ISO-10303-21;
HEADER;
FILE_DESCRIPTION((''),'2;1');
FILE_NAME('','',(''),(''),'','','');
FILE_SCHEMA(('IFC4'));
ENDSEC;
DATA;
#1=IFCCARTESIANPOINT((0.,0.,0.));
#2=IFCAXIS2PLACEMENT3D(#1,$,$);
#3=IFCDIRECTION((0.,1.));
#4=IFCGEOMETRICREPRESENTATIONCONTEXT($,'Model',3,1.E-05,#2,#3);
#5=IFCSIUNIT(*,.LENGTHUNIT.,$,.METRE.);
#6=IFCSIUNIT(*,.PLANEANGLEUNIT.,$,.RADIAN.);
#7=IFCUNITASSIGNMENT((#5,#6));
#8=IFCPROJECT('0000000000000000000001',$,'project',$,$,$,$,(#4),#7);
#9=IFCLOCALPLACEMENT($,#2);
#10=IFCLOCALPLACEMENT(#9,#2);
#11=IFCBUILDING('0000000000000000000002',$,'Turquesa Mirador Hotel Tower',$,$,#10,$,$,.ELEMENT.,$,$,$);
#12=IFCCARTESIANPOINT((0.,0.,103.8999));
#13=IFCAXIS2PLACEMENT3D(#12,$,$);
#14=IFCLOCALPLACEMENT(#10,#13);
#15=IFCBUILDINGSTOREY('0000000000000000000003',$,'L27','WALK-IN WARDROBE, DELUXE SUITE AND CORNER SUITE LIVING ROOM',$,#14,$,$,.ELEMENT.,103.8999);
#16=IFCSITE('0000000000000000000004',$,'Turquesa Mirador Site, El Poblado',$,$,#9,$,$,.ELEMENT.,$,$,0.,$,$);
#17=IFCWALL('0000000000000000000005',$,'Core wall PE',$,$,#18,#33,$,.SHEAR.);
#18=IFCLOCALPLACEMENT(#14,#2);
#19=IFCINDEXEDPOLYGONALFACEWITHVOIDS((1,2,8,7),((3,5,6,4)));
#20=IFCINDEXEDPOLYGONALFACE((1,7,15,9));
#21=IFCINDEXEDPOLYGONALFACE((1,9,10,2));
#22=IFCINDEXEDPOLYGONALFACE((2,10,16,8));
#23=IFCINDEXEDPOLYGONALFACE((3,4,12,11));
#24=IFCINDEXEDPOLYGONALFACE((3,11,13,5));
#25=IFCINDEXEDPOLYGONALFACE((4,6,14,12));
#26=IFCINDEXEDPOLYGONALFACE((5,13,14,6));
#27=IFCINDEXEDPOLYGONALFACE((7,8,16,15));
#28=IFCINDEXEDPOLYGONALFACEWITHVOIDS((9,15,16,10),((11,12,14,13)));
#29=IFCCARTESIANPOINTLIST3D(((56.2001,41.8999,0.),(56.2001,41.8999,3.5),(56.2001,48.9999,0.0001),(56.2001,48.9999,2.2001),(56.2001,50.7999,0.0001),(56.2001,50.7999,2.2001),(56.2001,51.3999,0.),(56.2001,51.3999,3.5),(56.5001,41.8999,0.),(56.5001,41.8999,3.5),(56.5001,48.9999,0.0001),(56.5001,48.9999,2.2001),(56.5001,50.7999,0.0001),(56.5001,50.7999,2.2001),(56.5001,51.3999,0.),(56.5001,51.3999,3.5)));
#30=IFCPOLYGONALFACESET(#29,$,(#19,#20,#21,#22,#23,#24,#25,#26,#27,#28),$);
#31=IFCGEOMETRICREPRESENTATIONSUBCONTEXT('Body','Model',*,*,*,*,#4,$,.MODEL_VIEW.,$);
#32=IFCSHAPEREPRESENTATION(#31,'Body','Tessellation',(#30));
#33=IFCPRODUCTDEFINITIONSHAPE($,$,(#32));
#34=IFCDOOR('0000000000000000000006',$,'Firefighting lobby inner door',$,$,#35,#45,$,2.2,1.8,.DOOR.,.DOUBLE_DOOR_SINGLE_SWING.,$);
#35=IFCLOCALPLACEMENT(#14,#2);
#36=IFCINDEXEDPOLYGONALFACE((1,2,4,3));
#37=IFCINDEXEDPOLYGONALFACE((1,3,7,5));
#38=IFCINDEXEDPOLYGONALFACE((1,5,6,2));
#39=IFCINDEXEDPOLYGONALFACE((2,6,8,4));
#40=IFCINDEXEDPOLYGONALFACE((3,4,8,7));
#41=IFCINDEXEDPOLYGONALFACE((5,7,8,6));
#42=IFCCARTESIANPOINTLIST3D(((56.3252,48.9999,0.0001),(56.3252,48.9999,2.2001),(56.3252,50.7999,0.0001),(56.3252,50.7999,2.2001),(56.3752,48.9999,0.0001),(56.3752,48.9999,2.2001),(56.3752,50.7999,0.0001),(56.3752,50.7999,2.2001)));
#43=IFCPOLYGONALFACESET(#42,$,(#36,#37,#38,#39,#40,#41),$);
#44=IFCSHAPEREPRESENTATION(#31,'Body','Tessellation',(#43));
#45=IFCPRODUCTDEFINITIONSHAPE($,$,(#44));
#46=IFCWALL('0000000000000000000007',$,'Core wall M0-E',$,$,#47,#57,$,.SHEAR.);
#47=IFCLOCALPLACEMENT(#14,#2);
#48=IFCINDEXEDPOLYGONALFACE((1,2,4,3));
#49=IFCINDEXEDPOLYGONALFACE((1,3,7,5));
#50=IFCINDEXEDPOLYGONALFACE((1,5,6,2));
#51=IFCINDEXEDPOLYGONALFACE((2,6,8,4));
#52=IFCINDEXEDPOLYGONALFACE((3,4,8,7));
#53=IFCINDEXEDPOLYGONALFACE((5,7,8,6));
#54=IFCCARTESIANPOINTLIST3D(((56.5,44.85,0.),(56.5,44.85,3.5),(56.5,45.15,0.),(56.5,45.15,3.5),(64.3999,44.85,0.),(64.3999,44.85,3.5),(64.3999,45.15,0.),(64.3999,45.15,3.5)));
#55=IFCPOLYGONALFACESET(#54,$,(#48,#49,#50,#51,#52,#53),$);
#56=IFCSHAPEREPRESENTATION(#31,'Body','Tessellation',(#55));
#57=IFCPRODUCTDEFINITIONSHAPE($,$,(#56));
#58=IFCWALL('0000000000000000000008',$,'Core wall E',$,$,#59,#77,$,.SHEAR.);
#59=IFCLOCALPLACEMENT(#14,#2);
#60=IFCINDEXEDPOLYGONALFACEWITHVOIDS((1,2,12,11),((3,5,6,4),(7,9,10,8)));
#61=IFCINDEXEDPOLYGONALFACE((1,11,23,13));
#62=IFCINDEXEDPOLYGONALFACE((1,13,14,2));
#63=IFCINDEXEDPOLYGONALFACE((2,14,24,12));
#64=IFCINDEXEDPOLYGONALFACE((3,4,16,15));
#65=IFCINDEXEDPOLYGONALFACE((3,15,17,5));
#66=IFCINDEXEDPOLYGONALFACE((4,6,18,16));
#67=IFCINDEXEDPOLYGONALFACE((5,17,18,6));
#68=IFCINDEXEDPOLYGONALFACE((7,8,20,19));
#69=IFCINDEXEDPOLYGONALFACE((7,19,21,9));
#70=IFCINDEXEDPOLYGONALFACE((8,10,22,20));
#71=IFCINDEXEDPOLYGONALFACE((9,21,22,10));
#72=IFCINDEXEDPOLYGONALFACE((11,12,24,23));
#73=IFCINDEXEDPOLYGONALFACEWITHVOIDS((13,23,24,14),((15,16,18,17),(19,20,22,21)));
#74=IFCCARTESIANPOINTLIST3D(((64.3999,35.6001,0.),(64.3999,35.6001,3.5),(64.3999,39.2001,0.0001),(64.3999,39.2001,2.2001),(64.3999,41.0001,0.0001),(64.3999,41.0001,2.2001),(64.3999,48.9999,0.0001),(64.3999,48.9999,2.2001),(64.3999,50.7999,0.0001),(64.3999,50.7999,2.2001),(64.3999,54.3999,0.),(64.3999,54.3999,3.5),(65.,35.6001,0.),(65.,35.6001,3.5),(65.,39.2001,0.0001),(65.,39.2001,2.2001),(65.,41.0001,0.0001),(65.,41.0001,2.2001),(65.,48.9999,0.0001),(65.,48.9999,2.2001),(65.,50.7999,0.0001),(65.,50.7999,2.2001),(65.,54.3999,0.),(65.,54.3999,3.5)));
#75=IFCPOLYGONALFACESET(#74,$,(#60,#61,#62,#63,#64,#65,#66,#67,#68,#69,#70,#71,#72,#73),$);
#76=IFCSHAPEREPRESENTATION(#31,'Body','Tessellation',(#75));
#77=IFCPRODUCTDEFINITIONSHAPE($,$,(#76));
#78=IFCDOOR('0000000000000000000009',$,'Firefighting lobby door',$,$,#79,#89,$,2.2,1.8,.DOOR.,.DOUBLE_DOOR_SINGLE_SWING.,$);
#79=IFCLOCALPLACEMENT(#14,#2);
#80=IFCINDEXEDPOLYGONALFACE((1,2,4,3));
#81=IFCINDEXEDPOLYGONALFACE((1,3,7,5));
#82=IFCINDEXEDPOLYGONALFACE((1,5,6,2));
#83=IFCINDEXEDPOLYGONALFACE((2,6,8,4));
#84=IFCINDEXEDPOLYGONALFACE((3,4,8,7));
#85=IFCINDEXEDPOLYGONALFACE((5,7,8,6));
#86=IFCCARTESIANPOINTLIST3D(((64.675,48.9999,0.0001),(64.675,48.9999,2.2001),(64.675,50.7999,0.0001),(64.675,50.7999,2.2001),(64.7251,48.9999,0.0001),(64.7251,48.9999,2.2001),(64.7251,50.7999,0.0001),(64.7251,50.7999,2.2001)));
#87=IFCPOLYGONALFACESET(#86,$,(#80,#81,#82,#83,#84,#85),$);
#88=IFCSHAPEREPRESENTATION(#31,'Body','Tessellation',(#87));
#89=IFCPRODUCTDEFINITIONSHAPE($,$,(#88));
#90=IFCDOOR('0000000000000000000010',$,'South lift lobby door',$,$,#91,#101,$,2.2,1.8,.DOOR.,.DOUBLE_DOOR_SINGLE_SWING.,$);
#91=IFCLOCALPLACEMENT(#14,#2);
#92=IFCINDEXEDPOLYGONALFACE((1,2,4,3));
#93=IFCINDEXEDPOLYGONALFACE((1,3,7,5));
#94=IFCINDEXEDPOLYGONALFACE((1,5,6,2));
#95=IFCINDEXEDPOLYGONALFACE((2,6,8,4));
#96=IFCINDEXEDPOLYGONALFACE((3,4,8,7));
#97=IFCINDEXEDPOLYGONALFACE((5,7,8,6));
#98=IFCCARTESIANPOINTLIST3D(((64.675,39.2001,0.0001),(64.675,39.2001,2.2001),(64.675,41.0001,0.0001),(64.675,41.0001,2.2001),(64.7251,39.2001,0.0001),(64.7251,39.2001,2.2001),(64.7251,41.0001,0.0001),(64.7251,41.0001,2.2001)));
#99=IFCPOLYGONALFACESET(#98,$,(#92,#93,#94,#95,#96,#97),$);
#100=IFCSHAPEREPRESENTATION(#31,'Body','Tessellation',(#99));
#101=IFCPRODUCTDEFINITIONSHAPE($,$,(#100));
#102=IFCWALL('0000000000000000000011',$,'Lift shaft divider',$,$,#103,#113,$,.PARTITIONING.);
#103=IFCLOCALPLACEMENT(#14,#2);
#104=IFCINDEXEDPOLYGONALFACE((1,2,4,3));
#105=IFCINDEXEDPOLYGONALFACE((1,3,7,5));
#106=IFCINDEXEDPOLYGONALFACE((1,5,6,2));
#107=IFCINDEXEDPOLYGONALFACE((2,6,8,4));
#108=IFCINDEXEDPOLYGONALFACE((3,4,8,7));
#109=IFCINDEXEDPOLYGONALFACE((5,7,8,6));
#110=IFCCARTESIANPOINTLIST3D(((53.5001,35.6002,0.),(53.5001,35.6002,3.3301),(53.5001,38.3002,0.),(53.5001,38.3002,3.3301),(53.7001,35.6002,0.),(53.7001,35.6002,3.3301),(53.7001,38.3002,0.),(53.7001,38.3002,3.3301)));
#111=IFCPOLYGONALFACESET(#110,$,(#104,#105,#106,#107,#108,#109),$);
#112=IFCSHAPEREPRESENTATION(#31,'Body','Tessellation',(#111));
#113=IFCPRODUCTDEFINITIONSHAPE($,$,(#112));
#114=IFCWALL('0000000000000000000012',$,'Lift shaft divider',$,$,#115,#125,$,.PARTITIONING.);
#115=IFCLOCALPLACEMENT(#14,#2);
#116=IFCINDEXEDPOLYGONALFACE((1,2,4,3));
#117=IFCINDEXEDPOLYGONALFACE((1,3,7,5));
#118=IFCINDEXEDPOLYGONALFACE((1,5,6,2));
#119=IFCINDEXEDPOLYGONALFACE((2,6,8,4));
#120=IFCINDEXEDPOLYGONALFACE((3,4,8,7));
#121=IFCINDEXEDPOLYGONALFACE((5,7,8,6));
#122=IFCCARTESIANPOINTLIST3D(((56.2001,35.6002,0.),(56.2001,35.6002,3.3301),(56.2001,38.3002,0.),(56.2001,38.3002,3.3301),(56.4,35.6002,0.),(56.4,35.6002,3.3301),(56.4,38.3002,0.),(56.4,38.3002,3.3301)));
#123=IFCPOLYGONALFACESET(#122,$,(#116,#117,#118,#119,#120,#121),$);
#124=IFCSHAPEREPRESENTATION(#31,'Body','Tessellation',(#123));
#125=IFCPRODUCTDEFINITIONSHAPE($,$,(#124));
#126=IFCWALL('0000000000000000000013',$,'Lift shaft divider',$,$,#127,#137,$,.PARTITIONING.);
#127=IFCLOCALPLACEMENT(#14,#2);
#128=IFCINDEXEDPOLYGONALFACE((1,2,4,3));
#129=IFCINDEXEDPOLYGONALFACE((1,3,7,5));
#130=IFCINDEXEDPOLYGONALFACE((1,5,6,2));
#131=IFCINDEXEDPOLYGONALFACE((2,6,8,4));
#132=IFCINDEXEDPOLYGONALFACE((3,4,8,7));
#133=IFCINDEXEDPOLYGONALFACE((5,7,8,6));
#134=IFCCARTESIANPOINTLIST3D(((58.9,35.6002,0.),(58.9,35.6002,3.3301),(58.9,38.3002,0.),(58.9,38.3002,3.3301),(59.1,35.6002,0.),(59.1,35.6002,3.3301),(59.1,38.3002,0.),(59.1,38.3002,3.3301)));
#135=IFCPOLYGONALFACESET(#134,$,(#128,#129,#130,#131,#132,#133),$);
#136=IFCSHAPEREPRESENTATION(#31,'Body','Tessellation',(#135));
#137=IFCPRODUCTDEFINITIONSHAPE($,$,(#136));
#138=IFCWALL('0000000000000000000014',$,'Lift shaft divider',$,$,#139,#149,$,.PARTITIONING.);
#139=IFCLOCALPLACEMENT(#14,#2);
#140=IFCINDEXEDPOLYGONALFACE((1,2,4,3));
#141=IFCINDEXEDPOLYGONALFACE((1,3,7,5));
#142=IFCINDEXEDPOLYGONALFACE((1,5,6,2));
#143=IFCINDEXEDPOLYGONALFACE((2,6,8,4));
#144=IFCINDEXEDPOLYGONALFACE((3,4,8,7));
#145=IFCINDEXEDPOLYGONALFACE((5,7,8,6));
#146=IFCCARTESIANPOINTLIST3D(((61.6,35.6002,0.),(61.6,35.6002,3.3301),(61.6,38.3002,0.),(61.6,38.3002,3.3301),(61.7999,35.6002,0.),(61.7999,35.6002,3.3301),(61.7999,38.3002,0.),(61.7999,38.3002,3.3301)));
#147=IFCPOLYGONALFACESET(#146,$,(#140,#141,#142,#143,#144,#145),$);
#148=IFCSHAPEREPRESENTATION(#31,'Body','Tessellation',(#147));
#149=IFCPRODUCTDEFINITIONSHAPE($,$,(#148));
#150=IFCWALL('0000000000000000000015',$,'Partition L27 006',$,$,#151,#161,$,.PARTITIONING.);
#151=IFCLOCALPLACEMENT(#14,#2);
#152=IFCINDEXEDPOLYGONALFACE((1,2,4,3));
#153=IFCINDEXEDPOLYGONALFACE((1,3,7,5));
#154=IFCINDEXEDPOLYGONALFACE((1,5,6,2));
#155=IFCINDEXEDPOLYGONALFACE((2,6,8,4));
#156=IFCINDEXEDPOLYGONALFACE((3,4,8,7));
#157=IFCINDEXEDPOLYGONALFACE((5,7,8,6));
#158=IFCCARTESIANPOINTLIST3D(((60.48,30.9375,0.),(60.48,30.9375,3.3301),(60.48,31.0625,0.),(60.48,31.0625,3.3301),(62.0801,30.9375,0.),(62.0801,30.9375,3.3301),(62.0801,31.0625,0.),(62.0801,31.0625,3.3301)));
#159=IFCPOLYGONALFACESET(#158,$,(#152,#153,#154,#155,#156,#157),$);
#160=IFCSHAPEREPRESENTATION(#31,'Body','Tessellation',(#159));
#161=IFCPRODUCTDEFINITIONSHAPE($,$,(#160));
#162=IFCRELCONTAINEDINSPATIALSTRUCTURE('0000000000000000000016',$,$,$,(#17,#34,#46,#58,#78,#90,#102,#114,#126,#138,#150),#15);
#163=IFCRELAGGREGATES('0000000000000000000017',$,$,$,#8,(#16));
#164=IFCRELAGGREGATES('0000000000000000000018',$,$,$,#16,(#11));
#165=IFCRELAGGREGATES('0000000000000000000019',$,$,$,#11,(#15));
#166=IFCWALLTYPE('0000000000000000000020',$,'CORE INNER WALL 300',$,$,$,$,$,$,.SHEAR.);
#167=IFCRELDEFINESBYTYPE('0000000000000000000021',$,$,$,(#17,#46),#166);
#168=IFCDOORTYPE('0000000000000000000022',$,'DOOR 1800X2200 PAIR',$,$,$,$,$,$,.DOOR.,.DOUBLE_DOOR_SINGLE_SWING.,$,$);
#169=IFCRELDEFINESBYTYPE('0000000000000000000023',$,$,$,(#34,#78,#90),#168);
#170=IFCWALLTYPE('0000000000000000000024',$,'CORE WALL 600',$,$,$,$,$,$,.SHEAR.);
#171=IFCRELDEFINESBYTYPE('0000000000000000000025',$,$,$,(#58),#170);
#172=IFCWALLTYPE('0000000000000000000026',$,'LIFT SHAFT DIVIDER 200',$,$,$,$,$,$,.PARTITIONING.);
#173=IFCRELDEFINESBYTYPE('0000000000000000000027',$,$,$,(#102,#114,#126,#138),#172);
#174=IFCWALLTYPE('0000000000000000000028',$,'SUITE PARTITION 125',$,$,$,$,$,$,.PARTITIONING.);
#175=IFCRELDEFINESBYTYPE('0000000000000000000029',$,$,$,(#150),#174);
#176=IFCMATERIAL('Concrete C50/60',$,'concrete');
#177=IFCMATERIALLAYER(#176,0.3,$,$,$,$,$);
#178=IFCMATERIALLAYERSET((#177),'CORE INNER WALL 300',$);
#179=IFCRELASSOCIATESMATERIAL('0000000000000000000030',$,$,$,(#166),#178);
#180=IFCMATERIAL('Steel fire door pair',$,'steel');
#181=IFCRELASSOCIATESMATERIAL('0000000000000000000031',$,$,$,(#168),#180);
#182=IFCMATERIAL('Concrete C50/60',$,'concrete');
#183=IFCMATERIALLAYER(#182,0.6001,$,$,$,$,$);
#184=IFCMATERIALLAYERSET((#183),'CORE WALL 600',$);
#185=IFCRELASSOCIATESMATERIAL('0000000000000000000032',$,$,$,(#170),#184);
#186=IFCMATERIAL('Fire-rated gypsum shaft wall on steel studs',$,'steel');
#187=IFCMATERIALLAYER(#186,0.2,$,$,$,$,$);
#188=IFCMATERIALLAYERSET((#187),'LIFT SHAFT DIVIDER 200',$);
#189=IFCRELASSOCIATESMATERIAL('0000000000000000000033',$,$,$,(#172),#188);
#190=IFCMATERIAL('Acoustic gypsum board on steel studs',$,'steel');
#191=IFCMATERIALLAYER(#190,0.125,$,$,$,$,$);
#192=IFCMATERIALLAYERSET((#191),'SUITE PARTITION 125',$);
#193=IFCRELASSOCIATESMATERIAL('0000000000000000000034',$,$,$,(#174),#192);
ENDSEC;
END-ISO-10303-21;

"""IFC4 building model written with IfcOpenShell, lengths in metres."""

from ifc_helpers import new_model, si_unit, direction, frame, frame_2d, origin, place, context, subcontext, project, spatial, rectangle, extrude, material, layer, layer_set, type_object, element, fill, save


model = new_model("IFC4")

# Units and contexts
model_context = context("Model", 3, precision=1e-05, world=origin(), true_north=direction((0.0, 1.0)))
body_context = subcontext(model_context, "Body", "Model", "MODEL_VIEW")
ifc_project = project(units=[si_unit("LENGTHUNIT", "METRE"), si_unit("PLANEANGLEUNIT", "RADIAN")], contexts=[model_context])

# Site, building, storey
site_placement = place(None, origin())
site = spatial("IfcSite", under=ifc_project, at=site_placement, Name="Turquesa Mirador Site, El Poblado", CompositionType="ELEMENT", RefElevation=0.0)
building_placement = place(site_placement, origin())
building = spatial("IfcBuilding", under=site, at=building_placement, Name="Turquesa Mirador Hotel Tower", CompositionType="ELEMENT")
storey_placement = place(building_placement, frame((0.0, 0.0, 103.8999)))
storey = spatial("IfcBuildingStorey", under=building, at=storey_placement, Name="L27", Description="WALK-IN WARDROBE, DELUXE SUITE AND CORNER SUITE LIVING ROOM", CompositionType="ELEMENT", Elevation=103.8999)

# Wall, opening, door
ifc_material_1 = material(Name="Concrete C50/60", Category="concrete")
ifc_layer_1 = layer(ifc_material_1, 0.3)
ifc_layer_set_1 = layer_set([ifc_layer_1], Name="CORE INNER WALL 300")
wall_type_1 = type_object("IfcWallType", Name="CORE INNER WALL 300", PredefinedType="SHEAR", material=ifc_layer_set_1)
wall_1_placement = place(storey_placement, frame((56.3501, 41.8999, 0.0), z_axis=(0.0, 0.0, 1.0), x_axis=(0.0, 1.0, 0.0)))
wall_1 = element("IfcWall", 1, at=wall_1_placement, inside=storey, type_object=wall_type_1, Name="Core wall PE", PredefinedType="SHEAR", context=body_context, shape_type="SweptSolid", body=[
    extrude(rectangle(XDim=9.5, YDim=0.3, at=frame_2d((4.75, 0.0))), origin(), (0.0, 0.0, 1.0), 3.5),
])
opening_1_placement = place(wall_1_placement, frame((7.1001, 0.0, 0.0)))
opening_1 = element("IfcOpeningElement", 2, at=opening_1_placement, cuts=wall_1, PredefinedType="OPENING", context=body_context, shape_type="SweptSolid", body=[
    extrude(rectangle(XDim=1.8, YDim=2.2, at=frame_2d((0.8999, 1.1001))), frame((0.0, 0.1599, 0.0), z_axis=(0.0, -1.0, 0.0), x_axis=(1.0, 0.0, 0.0)), (0.0, 0.0, 1.0), 0.3201),
])
ifc_material_2 = material(Name="Steel fire door pair", Category="steel")
door_type_1 = type_object("IfcDoorType", Name="DOOR 1800X2200 PAIR", OperationType="DOUBLE_DOOR_SINGLE_SWING", PredefinedType="DOOR", material=ifc_material_2)
door_1_placement = place(opening_1_placement, origin())
door_1 = element("IfcDoor", 3, at=door_1_placement, inside=storey, type_object=door_type_1, Name="Firefighting lobby inner door", OperationType="DOUBLE_DOOR_SINGLE_SWING", OverallHeight=2.2, OverallWidth=1.8, PredefinedType="DOOR", context=body_context, shape_type="SweptSolid", body=[
    extrude(rectangle(XDim=1.8, YDim=2.2, at=frame_2d((0.8999, 1.1001))), frame((0.0, 0.0249, 0.0), z_axis=(0.0, -1.0, 0.0), x_axis=(1.0, 0.0, 0.0)), (0.0, 0.0, 1.0), 0.05),
])
fill(opening_1, door_1)

# Wall
wall_2_placement = place(storey_placement, frame((56.5, 45.0, 0.0), z_axis=(0.0, 0.0, 1.0), x_axis=(1.0, 0.0, 0.0)))
element("IfcWall", 4, at=wall_2_placement, inside=storey, type_object=wall_type_1, Name="Core wall M0-E", PredefinedType="SHEAR", context=body_context, shape_type="SweptSolid", body=[
    extrude(rectangle(XDim=7.8999, YDim=0.3, at=frame_2d((3.95, 0.0))), origin(), (0.0, 0.0, 1.0), 3.5),
])

# Wall, openings, doors
ifc_material_3 = material(Name="Concrete C50/60", Category="concrete")
ifc_layer_2 = layer(ifc_material_3, 0.6001)
ifc_layer_set_2 = layer_set([ifc_layer_2], Name="CORE WALL 600")
wall_type_2 = type_object("IfcWallType", Name="CORE WALL 600", PredefinedType="SHEAR", material=ifc_layer_set_2)
wall_3_placement = place(storey_placement, frame((64.7, 35.6001, 0.0), z_axis=(0.0, 0.0, 1.0), x_axis=(0.0, 1.0, 0.0)))
wall_3 = element("IfcWall", 5, at=wall_3_placement, inside=storey, type_object=wall_type_2, Name="Core wall E", PredefinedType="SHEAR", context=body_context, shape_type="SweptSolid", body=[
    extrude(rectangle(XDim=18.7998, YDim=0.6001, at=frame_2d((9.3999, 0.0))), origin(), (0.0, 0.0, 1.0), 3.5),
])
opening_2_placement = place(wall_3_placement, frame((13.3999, 0.0, 0.0)))
opening_2 = element("IfcOpeningElement", 6, at=opening_2_placement, cuts=wall_3, PredefinedType="OPENING", context=body_context, shape_type="SweptSolid", body=[
    extrude(rectangle(XDim=1.8, YDim=2.2, at=frame_2d((0.8999, 1.1001))), frame((0.0, 0.3101, 0.0), z_axis=(0.0, -1.0, 0.0), x_axis=(1.0, 0.0, 0.0)), (0.0, 0.0, 1.0), 0.6201),
])
opening_3_placement = place(wall_3_placement, frame((3.6001, 0.0, 0.0)))
opening_3 = element("IfcOpeningElement", 7, at=opening_3_placement, cuts=wall_3, PredefinedType="OPENING", context=body_context, shape_type="SweptSolid", body=[
    extrude(rectangle(XDim=1.8, YDim=2.2, at=frame_2d((0.8999, 1.1001))), frame((0.0, 0.3101, 0.0), z_axis=(0.0, -1.0, 0.0), x_axis=(1.0, 0.0, 0.0)), (0.0, 0.0, 1.0), 0.6201),
])
door_2_placement = place(opening_2_placement, origin())
door_2 = element("IfcDoor", 8, at=door_2_placement, inside=storey, type_object=door_type_1, Name="Firefighting lobby door", OperationType="DOUBLE_DOOR_SINGLE_SWING", OverallHeight=2.2, OverallWidth=1.8, PredefinedType="DOOR", context=body_context, shape_type="SweptSolid", body=[
    extrude(rectangle(XDim=1.8, YDim=2.2, at=frame_2d((0.8999, 1.1001))), frame((0.0, 0.0249, 0.0), z_axis=(0.0, -1.0, 0.0), x_axis=(1.0, 0.0, 0.0)), (0.0, 0.0, 1.0), 0.05),
])
fill(opening_2, door_2)
door_3_placement = place(opening_3_placement, origin())
door_3 = element("IfcDoor", 9, at=door_3_placement, inside=storey, type_object=door_type_1, Name="South lift lobby door", OperationType="DOUBLE_DOOR_SINGLE_SWING", OverallHeight=2.2, OverallWidth=1.8, PredefinedType="DOOR", context=body_context, shape_type="SweptSolid", body=[
    extrude(rectangle(XDim=1.8, YDim=2.2, at=frame_2d((0.8999, 1.1001))), frame((0.0, 0.0249, 0.0), z_axis=(0.0, -1.0, 0.0), x_axis=(1.0, 0.0, 0.0)), (0.0, 0.0, 1.0), 0.05),
])
fill(opening_3, door_3)

# Walls
ifc_material_4 = material(Name="Fire-rated gypsum shaft wall on steel studs", Category="steel")
ifc_layer_3 = layer(ifc_material_4, 0.2)
ifc_layer_set_3 = layer_set([ifc_layer_3], Name="LIFT SHAFT DIVIDER 200")
wall_type_3 = type_object("IfcWallType", Name="LIFT SHAFT DIVIDER 200", PredefinedType="PARTITIONING", material=ifc_layer_set_3)
for number, where, z_axis, x_axis, name in (
    (10, (53.6001, 35.6001, 0.0), (0.0, 0.0, 1.0), (0.0, 1.0, 0.0), "Lift shaft divider"),
    (11, (56.3, 35.6001, 0.0), (0.0, 0.0, 1.0), (0.0, 1.0, 0.0), "Lift shaft divider"),
    (12, (59.0, 35.6001, 0.0), (0.0, 0.0, 1.0), (0.0, 1.0, 0.0), "Lift shaft divider"),
    (13, (61.7, 35.6001, 0.0), (0.0, 0.0, 1.0), (0.0, 1.0, 0.0), "Lift shaft divider"),
):
    element("IfcWall", number, at=place(storey_placement, frame(where, z_axis=z_axis, x_axis=x_axis)), inside=storey, type_object=wall_type_3, Name=name, PredefinedType="PARTITIONING", context=body_context, shape_type="SweptSolid", body=[
        extrude(rectangle(XDim=2.7, YDim=0.2, at=frame_2d((1.3501, 0.0))), origin(), (0.0, 0.0, 1.0), 3.3301),
    ])
ifc_material_5 = material(Name="Acoustic gypsum board on steel studs", Category="steel")
ifc_layer_4 = layer(ifc_material_5, 0.125)
ifc_layer_set_4 = layer_set([ifc_layer_4], Name="SUITE PARTITION 125")
wall_type_4 = type_object("IfcWallType", Name="SUITE PARTITION 125", PredefinedType="PARTITIONING", material=ifc_layer_set_4)
wall_4_placement = place(storey_placement, frame((60.48, 31.0, 0.0), z_axis=(0.0, 0.0, 1.0), x_axis=(1.0, 0.0, 0.0)))
element("IfcWall", 14, at=wall_4_placement, inside=storey, type_object=wall_type_4, Name="Partition L27 006", PredefinedType="PARTITIONING", context=body_context, shape_type="SweptSolid", body=[
    extrude(rectangle(XDim=1.6001, YDim=0.125, at=frame_2d((0.8, 0.0))), origin(), (0.0, 0.0, 1.0), 3.3301),
])

save(model, "model.ifc")
